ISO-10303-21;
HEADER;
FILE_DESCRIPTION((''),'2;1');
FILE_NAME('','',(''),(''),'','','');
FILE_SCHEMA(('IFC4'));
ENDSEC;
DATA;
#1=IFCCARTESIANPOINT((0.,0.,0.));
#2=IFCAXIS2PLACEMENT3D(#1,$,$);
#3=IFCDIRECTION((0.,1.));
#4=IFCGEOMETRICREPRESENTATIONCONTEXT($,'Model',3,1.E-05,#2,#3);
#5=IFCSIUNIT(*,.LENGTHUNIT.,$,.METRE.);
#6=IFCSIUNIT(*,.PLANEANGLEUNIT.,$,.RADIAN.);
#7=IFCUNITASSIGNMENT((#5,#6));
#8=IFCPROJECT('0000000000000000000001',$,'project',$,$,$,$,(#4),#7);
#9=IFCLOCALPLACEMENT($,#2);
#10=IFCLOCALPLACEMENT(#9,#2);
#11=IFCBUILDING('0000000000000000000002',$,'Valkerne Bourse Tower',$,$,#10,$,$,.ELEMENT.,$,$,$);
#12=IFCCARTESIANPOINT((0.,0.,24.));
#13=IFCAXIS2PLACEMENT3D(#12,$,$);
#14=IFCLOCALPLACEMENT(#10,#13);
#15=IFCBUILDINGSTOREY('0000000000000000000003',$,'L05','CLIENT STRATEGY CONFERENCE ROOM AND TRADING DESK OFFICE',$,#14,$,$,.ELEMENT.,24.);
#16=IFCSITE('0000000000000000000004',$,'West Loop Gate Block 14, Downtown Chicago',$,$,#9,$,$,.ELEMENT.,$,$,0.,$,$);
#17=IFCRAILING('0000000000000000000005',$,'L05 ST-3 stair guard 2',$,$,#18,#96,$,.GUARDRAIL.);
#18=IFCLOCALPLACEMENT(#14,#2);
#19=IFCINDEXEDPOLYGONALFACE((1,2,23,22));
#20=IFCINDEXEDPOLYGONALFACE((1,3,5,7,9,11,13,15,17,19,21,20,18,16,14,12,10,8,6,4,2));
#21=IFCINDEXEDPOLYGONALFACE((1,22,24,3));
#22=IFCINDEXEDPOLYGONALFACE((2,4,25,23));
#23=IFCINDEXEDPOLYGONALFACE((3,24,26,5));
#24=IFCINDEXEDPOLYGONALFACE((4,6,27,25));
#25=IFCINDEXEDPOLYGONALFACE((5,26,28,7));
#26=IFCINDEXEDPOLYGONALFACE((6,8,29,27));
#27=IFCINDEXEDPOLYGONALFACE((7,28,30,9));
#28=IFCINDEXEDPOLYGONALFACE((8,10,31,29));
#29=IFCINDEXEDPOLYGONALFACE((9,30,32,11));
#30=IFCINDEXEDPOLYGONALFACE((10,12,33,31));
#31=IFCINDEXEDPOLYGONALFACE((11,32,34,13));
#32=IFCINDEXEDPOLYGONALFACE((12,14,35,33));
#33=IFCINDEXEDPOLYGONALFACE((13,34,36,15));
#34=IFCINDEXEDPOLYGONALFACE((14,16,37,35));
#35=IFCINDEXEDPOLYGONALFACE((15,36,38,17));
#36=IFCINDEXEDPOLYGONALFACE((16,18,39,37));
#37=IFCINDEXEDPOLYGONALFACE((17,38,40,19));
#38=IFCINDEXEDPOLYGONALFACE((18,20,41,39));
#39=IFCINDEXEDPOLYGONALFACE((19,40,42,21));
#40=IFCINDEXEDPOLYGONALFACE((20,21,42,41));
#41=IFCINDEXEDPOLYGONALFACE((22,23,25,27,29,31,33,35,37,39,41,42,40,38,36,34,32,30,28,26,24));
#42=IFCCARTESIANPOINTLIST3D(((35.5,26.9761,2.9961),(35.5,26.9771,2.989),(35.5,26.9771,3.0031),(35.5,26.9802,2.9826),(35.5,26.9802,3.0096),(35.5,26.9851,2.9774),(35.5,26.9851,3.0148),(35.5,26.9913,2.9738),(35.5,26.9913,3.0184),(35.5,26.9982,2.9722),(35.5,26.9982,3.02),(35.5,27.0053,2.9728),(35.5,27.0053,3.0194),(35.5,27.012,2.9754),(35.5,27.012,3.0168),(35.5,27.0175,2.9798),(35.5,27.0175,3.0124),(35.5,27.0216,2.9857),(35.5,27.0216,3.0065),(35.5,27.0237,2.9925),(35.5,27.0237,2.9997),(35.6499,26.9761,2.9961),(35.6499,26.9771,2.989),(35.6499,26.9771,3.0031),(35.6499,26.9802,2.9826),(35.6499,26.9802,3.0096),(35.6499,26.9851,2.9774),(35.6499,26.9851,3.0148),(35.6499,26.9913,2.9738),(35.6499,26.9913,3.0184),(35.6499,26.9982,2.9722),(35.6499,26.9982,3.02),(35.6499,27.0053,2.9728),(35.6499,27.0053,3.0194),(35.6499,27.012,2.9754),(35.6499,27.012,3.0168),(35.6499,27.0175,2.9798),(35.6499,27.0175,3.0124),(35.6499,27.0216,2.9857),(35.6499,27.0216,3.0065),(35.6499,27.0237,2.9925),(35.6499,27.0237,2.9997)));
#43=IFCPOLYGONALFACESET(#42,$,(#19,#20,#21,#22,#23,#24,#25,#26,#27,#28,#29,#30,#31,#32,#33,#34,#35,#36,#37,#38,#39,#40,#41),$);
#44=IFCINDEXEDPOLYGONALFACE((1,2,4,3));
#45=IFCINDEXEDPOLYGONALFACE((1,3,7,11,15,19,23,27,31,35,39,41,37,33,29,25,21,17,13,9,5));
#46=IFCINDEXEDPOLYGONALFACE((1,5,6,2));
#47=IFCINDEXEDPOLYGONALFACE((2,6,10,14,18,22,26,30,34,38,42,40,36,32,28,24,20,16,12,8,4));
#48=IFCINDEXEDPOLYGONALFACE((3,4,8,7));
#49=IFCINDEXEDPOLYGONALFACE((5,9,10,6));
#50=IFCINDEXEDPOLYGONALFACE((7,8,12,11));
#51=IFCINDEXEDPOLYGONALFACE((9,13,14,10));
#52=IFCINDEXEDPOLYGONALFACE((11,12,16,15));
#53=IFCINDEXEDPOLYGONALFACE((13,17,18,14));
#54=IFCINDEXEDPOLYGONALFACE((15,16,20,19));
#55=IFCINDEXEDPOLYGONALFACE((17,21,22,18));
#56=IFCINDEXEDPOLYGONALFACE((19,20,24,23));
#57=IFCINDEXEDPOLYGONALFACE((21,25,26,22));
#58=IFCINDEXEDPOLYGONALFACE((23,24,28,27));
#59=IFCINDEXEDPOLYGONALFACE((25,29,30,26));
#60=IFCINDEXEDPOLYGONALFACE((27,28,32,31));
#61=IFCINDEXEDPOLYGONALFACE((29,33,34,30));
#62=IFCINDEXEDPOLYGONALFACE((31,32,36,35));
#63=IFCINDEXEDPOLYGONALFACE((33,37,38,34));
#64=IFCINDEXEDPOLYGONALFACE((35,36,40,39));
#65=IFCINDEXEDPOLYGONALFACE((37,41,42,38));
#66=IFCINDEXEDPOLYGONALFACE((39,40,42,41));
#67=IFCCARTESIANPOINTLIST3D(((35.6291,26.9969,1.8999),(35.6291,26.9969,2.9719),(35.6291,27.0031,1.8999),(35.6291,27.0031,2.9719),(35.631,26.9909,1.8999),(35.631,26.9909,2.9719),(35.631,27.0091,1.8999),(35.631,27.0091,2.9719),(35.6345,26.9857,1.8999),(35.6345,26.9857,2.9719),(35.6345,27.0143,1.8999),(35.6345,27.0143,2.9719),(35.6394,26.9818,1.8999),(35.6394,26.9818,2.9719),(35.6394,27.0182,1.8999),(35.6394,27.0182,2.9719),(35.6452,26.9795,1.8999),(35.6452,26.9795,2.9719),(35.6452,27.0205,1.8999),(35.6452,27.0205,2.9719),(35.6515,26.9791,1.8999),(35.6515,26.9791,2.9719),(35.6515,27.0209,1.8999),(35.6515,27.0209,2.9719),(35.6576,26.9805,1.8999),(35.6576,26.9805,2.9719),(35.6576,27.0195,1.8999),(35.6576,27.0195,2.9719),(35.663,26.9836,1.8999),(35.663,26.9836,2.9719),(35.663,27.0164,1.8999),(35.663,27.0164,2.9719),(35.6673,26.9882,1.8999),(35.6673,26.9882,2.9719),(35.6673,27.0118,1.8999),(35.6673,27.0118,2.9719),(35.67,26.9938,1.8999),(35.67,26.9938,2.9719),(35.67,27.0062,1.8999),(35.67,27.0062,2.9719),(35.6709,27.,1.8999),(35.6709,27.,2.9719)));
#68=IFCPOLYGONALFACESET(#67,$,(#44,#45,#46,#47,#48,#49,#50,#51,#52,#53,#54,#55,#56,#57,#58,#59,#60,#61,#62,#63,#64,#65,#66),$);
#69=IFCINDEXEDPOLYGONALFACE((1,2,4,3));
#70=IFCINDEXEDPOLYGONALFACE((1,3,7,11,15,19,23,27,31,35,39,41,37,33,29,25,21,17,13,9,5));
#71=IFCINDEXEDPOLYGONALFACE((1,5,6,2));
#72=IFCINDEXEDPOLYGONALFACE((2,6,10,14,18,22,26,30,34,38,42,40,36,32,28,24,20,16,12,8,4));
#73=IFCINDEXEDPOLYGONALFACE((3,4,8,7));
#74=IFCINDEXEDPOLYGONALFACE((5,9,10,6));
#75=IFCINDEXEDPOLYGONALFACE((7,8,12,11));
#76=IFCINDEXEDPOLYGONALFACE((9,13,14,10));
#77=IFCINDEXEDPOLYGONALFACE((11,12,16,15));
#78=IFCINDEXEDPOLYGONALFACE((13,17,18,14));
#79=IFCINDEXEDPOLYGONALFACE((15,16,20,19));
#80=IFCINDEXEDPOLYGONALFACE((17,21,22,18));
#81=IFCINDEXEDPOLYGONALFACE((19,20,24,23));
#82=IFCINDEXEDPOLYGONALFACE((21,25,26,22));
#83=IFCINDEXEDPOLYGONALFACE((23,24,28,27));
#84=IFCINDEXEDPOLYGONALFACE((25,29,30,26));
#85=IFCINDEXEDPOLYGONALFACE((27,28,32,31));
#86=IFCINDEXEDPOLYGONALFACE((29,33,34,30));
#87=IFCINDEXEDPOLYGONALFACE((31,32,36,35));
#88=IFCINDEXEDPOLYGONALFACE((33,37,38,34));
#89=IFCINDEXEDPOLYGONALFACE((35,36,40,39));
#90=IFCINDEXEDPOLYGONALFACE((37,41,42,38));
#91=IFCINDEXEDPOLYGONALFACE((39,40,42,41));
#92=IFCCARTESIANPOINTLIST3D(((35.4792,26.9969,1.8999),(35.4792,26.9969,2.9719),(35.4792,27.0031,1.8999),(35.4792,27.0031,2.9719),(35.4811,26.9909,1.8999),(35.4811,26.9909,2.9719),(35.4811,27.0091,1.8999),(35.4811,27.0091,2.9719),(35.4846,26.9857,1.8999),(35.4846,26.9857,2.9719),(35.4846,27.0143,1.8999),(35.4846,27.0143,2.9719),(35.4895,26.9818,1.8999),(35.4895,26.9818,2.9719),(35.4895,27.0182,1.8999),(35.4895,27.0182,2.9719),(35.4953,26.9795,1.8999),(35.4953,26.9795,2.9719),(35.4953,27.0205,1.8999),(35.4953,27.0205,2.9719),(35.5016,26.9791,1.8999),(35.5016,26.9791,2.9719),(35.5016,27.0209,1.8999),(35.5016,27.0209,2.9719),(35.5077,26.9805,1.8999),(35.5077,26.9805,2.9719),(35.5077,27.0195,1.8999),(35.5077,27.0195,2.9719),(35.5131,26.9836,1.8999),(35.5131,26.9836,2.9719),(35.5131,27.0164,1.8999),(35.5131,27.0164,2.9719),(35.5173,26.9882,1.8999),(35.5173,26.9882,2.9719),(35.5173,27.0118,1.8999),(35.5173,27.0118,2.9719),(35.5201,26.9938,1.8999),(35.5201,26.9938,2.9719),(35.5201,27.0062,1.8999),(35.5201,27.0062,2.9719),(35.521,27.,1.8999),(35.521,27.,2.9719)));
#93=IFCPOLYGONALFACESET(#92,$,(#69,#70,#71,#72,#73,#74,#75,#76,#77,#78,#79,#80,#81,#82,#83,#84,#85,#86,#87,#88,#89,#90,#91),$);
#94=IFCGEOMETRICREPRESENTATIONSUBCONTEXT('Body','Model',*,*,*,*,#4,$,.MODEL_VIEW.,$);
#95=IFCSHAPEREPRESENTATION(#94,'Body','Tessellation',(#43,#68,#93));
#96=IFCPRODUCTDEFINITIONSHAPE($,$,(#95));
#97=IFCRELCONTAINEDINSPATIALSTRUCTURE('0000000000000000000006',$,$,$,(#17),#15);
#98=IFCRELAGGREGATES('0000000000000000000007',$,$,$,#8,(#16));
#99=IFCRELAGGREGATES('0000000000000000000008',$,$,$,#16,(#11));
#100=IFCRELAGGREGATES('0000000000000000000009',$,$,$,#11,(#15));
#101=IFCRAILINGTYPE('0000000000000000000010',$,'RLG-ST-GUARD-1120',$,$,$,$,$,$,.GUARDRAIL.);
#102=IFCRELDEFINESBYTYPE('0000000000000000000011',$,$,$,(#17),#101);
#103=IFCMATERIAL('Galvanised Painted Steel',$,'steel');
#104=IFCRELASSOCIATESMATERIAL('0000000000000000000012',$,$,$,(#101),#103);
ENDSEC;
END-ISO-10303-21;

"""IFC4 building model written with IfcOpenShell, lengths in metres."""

from ifc_helpers import new_model, si_unit, direction, frame, origin, origin_2d, place, context, subcontext, project, spatial, circle, extrude, material, type_object, element, save


model = new_model("IFC4")

# Units and contexts
model_context = context("Model", 3, precision=1e-05, world=origin(), true_north=direction((0.0, 1.0)))
body_context = subcontext(model_context, "Body", "Model", "MODEL_VIEW")
ifc_project = project(units=[si_unit("LENGTHUNIT", "METRE"), si_unit("PLANEANGLEUNIT", "RADIAN")], contexts=[model_context])

# Site, building, storey
site_placement = place(None, origin())
site = spatial("IfcSite", under=ifc_project, at=site_placement, Name="West Loop Gate Block 14, Downtown Chicago", CompositionType="ELEMENT", RefElevation=0.0)
building_placement = place(site_placement, origin())
building = spatial("IfcBuilding", under=site, at=building_placement, Name="Valkerne Bourse Tower", CompositionType="ELEMENT")
storey_placement = place(building_placement, frame((0.0, 0.0, 24.0)))
storey = spatial("IfcBuildingStorey", under=building, at=storey_placement, Name="L05", Description="CLIENT STRATEGY CONFERENCE ROOM AND TRADING DESK OFFICE", CompositionType="ELEMENT", Elevation=24.0)

# Shared definitions
ifc_material_1 = material(Name="Galvanised Painted Steel", Category="steel")

# Railing
railing_type_1 = type_object("IfcRailingType", Name="RLG-ST-GUARD-1120", PredefinedType="GUARDRAIL", material=ifc_material_1)
railing_1_placement = place(storey_placement, frame((35.6499, 27.0, 1.8999)))
element("IfcRailing", 1, at=railing_1_placement, inside=storey, type_object=railing_type_1, Name="L05 ST-3 stair guard 2", PredefinedType="GUARDRAIL", context=body_context, shape_type="SweptSolid", body=[
    extrude(circle(Radius=0.0239, at=origin_2d()), frame((0.0, 0.0, 1.0962), z_axis=(-1.0, 0.0, 0.0), x_axis=(0.0, -1.0, 0.0)), (0.0, 0.0, 1.0), 0.1499),
    extrude(circle(Radius=0.021, at=origin_2d()), origin(), (0.0, 0.0, 1.0), 1.072),
    extrude(circle(Radius=0.021, at=origin_2d()), frame((-0.1499, 0.0, 0.0)), (0.0, 0.0, 1.0), 1.072),
])

save(model, "model.ifc")
